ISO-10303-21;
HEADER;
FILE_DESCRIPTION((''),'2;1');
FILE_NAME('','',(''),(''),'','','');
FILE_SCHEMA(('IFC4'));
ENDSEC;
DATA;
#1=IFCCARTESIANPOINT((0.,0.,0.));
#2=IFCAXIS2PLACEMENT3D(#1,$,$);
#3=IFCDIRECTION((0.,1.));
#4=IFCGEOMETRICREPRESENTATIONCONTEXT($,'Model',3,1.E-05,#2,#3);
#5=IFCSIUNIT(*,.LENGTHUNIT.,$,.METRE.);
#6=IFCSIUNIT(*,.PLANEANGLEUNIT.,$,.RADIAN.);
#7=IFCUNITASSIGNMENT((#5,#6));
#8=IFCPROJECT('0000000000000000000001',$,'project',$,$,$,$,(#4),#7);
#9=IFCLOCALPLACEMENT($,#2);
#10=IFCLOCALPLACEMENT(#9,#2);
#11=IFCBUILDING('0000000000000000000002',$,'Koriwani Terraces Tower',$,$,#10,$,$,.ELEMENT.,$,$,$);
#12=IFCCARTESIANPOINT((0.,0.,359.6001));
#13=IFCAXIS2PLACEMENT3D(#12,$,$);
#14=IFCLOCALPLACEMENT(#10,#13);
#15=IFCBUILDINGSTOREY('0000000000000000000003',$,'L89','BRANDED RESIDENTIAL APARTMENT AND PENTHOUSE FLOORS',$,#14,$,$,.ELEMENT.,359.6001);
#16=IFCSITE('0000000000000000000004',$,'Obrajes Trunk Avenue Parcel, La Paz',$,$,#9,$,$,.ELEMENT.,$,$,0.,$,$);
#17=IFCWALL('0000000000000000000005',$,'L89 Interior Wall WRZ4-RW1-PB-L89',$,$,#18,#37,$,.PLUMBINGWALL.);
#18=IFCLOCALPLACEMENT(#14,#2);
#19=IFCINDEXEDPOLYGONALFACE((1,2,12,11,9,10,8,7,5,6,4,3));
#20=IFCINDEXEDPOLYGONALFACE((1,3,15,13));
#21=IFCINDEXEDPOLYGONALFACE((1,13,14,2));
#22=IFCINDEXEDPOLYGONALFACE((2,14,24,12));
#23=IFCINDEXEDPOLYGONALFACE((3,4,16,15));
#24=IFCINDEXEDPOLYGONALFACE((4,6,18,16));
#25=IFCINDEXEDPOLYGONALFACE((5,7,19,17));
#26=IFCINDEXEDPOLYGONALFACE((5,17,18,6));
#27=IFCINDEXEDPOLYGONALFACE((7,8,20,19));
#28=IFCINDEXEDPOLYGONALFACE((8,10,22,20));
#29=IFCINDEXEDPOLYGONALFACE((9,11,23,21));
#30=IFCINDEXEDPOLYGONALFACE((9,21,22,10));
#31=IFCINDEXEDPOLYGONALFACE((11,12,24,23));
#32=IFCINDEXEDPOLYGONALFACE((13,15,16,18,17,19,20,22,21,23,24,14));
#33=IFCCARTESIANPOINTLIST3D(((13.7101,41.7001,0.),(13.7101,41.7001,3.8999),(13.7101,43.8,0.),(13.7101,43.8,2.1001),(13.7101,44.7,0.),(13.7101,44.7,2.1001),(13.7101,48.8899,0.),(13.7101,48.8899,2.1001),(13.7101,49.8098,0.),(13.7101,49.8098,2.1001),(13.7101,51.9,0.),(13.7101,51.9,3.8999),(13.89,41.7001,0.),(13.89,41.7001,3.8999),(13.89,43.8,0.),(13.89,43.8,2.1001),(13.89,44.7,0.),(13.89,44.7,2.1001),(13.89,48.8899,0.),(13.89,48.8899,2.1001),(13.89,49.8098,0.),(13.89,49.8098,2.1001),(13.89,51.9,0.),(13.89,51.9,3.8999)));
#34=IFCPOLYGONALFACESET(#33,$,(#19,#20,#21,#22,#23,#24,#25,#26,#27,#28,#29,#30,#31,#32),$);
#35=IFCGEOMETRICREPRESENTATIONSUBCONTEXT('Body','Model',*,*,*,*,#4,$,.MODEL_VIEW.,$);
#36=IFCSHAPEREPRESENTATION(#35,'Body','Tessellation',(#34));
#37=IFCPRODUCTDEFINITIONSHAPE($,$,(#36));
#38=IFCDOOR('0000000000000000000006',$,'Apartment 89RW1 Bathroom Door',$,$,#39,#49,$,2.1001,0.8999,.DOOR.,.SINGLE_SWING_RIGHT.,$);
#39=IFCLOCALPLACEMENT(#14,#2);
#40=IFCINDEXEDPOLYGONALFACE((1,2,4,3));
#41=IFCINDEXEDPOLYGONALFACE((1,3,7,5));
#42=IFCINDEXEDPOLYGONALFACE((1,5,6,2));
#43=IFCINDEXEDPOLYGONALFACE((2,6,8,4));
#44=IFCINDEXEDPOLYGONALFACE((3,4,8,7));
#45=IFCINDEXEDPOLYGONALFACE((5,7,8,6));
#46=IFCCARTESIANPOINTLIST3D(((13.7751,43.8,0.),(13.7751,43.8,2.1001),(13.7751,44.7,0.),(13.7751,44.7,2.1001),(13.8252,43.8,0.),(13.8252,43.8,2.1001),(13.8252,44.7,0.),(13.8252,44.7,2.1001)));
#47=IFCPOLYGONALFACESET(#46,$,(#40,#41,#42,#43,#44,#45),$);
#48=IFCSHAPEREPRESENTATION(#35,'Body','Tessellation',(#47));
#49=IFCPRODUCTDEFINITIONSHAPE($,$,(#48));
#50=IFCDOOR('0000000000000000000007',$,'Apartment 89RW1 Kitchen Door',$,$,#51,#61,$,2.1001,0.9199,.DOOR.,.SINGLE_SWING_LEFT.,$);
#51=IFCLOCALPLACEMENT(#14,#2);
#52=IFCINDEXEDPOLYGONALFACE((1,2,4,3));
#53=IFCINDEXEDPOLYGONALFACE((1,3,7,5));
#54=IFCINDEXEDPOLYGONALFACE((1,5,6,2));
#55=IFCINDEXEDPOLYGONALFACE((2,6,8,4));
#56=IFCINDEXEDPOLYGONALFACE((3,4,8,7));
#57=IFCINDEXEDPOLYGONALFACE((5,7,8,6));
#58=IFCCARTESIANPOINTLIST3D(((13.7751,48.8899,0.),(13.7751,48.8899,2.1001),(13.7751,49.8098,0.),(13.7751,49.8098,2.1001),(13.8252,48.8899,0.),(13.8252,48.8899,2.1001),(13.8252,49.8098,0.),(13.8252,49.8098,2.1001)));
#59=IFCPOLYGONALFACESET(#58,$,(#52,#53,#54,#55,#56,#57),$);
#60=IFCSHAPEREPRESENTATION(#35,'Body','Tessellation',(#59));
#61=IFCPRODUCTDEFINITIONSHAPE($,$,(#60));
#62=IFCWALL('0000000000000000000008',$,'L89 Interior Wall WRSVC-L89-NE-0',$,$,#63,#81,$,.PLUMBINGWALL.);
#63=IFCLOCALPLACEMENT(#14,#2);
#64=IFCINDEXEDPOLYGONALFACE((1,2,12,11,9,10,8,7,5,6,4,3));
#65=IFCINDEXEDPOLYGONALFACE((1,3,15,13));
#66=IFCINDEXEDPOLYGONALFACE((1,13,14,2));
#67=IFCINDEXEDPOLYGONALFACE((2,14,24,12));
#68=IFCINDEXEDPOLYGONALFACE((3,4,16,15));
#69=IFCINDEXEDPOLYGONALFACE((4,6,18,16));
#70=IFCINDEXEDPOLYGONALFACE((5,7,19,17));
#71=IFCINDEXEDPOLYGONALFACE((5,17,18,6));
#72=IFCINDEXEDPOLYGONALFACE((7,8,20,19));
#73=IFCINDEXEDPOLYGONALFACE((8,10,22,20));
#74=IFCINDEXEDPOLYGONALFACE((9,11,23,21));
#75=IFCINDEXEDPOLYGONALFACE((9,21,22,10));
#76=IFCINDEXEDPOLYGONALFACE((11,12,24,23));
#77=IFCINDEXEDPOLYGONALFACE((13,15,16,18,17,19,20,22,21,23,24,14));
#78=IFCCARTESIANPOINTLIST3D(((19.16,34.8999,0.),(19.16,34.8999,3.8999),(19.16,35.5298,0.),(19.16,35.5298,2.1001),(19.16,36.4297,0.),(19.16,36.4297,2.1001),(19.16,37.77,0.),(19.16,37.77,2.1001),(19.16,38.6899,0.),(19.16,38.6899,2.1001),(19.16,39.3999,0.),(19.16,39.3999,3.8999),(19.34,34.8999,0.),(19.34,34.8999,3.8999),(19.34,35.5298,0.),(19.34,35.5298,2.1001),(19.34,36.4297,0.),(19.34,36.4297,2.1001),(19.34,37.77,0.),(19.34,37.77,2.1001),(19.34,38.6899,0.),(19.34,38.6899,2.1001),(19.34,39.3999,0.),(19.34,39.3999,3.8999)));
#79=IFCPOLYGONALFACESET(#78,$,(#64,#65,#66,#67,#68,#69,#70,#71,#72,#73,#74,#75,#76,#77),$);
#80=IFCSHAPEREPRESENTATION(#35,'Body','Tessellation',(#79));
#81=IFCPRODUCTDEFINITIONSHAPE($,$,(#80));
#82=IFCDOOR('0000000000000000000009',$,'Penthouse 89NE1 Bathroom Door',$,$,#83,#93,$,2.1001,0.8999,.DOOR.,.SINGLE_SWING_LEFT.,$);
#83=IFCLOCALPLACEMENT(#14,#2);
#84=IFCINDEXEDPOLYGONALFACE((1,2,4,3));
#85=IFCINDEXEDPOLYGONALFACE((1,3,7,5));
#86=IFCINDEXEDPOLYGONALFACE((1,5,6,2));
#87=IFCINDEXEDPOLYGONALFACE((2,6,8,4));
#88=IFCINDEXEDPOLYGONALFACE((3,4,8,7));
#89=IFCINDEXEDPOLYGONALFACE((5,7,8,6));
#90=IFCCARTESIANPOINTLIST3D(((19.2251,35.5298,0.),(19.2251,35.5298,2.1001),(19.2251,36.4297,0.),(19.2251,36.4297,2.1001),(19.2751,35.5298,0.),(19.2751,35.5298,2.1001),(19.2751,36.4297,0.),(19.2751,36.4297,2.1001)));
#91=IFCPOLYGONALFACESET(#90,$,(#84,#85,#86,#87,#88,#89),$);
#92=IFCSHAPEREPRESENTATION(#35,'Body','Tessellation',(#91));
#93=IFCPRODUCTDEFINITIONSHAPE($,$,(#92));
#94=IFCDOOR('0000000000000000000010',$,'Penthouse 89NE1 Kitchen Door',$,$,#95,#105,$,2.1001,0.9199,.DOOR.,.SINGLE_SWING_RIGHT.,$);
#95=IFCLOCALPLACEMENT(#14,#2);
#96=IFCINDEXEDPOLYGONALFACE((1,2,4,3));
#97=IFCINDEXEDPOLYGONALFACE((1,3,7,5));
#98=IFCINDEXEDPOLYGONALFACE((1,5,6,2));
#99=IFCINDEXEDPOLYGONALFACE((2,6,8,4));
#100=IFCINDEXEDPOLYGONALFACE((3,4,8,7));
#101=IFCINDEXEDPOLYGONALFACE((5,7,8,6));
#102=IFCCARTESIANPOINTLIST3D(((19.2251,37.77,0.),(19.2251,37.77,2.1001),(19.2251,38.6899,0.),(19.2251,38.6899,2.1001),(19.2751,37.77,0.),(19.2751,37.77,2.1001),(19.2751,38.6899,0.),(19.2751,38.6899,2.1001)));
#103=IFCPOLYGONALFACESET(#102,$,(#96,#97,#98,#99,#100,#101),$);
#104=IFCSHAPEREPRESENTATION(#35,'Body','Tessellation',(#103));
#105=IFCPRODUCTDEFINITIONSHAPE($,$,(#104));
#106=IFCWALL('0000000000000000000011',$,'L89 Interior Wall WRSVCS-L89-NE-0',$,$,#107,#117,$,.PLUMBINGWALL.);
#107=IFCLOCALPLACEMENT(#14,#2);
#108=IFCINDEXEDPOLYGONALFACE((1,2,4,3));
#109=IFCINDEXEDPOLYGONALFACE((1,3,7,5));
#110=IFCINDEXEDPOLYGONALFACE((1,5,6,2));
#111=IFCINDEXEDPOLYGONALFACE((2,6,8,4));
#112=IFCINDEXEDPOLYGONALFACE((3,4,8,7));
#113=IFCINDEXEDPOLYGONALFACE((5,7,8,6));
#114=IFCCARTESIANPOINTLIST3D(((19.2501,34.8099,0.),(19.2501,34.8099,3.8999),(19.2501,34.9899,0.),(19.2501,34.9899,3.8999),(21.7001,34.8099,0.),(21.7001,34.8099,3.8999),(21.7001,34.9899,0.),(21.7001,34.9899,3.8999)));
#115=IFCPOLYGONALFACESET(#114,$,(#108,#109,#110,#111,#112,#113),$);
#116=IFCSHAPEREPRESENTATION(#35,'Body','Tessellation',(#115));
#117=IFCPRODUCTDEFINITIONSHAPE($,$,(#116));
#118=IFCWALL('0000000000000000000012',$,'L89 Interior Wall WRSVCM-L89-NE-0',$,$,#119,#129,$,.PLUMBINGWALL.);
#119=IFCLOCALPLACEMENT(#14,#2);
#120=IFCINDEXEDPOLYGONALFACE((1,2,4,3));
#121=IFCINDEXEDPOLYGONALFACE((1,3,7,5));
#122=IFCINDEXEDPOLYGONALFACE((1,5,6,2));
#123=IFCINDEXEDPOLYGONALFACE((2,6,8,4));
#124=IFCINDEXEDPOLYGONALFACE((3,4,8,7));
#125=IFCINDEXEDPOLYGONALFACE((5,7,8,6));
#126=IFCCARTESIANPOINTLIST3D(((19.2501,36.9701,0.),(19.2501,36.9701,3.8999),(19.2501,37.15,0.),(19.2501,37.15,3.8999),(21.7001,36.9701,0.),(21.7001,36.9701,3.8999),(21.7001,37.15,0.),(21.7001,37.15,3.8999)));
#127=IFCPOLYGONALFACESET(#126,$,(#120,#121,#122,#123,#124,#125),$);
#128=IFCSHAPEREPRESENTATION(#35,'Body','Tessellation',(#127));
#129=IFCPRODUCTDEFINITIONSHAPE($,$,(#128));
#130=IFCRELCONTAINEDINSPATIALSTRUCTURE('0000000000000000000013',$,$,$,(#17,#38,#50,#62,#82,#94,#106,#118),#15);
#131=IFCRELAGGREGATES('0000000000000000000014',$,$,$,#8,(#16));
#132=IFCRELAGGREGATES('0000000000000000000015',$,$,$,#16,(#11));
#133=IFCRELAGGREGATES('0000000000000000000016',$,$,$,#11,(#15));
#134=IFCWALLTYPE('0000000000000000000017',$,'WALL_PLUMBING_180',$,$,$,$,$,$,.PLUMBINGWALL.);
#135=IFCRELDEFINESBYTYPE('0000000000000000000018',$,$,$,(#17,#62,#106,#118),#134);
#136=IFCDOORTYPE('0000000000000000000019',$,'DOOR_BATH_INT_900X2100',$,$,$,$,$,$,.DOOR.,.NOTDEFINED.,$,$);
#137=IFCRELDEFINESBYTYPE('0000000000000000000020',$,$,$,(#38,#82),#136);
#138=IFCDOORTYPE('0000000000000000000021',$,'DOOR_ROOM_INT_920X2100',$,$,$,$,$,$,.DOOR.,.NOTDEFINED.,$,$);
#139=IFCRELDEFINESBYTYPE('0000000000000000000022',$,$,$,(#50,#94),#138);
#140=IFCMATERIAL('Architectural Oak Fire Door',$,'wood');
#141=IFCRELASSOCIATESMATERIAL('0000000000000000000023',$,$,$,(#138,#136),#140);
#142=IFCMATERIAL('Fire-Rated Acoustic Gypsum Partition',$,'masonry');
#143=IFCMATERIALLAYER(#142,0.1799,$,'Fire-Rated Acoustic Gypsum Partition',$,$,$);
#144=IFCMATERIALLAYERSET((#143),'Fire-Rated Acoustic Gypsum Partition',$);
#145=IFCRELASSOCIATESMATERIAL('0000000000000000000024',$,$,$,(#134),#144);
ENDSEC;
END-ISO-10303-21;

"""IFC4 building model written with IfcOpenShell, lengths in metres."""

from ifc_helpers import new_model, si_unit, direction, frame, frame_2d, origin, place, context, subcontext, project, spatial, rectangle, extrude, material, layer, layer_set, type_object, element, fill, save


model = new_model("IFC4")

# Units and contexts
model_context = context("Model", 3, precision=1e-05, world=origin(), true_north=direction((0.0, 1.0)))
body_context = subcontext(model_context, "Body", "Model", "MODEL_VIEW")
ifc_project = project(units=[si_unit("LENGTHUNIT", "METRE"), si_unit("PLANEANGLEUNIT", "RADIAN")], contexts=[model_context])

# Site, building, storey
site_placement = place(None, origin())
site = spatial("IfcSite", under=ifc_project, at=site_placement, Name="Obrajes Trunk Avenue Parcel, La Paz", CompositionType="ELEMENT", RefElevation=0.0)
building_placement = place(site_placement, origin())
building = spatial("IfcBuilding", under=site, at=building_placement, Name="Koriwani Terraces Tower", CompositionType="ELEMENT")
storey_placement = place(building_placement, frame((0.0, 0.0, 359.6001)))
storey = spatial("IfcBuildingStorey", under=building, at=storey_placement, Name="L89", Description="BRANDED RESIDENTIAL APARTMENT AND PENTHOUSE FLOORS", CompositionType="ELEMENT", Elevation=359.6001)

# Shared definitions
ifc_material_1 = material(Name="Architectural Oak Fire Door", Category="wood")

# Shared definitions
ifc_material_2 = material(Name="Fire-Rated Acoustic Gypsum Partition", Category="masonry")
door_type_1 = type_object("IfcDoorType", Name="DOOR_ROOM_INT_920X2100", OperationType="NOTDEFINED", PredefinedType="DOOR", material=ifc_material_1)

# Walls, openings, doors
ifc_layer_1 = layer(ifc_material_2, 0.1799, Name="Fire-Rated Acoustic Gypsum Partition")
ifc_layer_set_1 = layer_set([ifc_layer_1], Name="Fire-Rated Acoustic Gypsum Partition")
wall_type_1 = type_object("IfcWallType", Name="WALL_PLUMBING_180", PredefinedType="PLUMBINGWALL", material=ifc_layer_set_1)
wall_1_placement = place(storey_placement, frame((13.8, 41.7, 0.0), z_axis=(0.0, 0.0, 1.0), x_axis=(0.0, 1.0, 0.0)))
wall_1 = element("IfcWall", 1, at=wall_1_placement, inside=storey, type_object=wall_type_1, Name="L89 Interior Wall WRZ4-RW1-PB-L89", PredefinedType="PLUMBINGWALL", context=body_context, shape_type="SweptSolid", body=[
    extrude(rectangle(XDim=10.2, YDim=0.1799, at=frame_2d((5.1001, 0.0))), origin(), (0.0, 0.0, 1.0), 3.8999),
])
opening_1_placement = place(wall_1_placement, frame((2.1001, 0.0, 0.0)))
opening_1 = element("IfcOpeningElement", 2, at=opening_1_placement, cuts=wall_1, PredefinedType="OPENING", context=body_context, shape_type="SweptSolid", body=[
    extrude(rectangle(XDim=0.8999, YDim=2.1001, at=frame_2d((0.45, 1.05))), frame((0.0, 0.1001, 0.0), z_axis=(0.0, -1.0, 0.0), x_axis=(1.0, 0.0, 0.0)), (0.0, 0.0, 1.0), 0.2),
])
opening_2_placement = place(wall_1_placement, frame((7.1899, 0.0, 0.0)))
opening_2 = element("IfcOpeningElement", 3, at=opening_2_placement, cuts=wall_1, PredefinedType="OPENING", context=body_context, shape_type="SweptSolid", body=[
    extrude(rectangle(XDim=0.9199, YDim=2.1001, at=frame_2d((0.46, 1.05))), frame((0.0, 0.1001, 0.0), z_axis=(0.0, -1.0, 0.0), x_axis=(1.0, 0.0, 0.0)), (0.0, 0.0, 1.0), 0.2),
])
door_type_2 = type_object("IfcDoorType", Name="DOOR_BATH_INT_900X2100", OperationType="NOTDEFINED", PredefinedType="DOOR", material=ifc_material_1)
door_1_placement = place(opening_1_placement, origin())
door_1 = element("IfcDoor", 4, at=door_1_placement, inside=storey, type_object=door_type_2, Name="Apartment 89RW1 Bathroom Door", OperationType="SINGLE_SWING_RIGHT", OverallHeight=2.1001, OverallWidth=0.8999, PredefinedType="DOOR", context=body_context, shape_type="SweptSolid", body=[
    extrude(rectangle(XDim=0.8999, YDim=2.1001, at=frame_2d((0.45, 1.05))), frame((0.0, 0.0249, 0.0), z_axis=(0.0, -1.0, 0.0), x_axis=(1.0, 0.0, 0.0)), (0.0, 0.0, 1.0), 0.05),
])
fill(opening_1, door_1)
door_2_placement = place(opening_2_placement, origin())
door_2 = element("IfcDoor", 5, at=door_2_placement, inside=storey, type_object=door_type_1, Name="Apartment 89RW1 Kitchen Door", OperationType="SINGLE_SWING_LEFT", OverallHeight=2.1001, OverallWidth=0.9199, PredefinedType="DOOR", context=body_context, shape_type="SweptSolid", body=[
    extrude(rectangle(XDim=0.9199, YDim=2.1001, at=frame_2d((0.46, 1.05))), frame((0.0, 0.0249, 0.0), z_axis=(0.0, -1.0, 0.0), x_axis=(1.0, 0.0, 0.0)), (0.0, 0.0, 1.0), 0.05),
])
fill(opening_2, door_2)
wall_2_placement = place(storey_placement, frame((19.25, 34.8999, 0.0), z_axis=(0.0, 0.0, 1.0), x_axis=(0.0, 1.0, 0.0)))
wall_2 = element("IfcWall", 6, at=wall_2_placement, inside=storey, type_object=wall_type_1, Name="L89 Interior Wall WRSVC-L89-NE-0", PredefinedType="PLUMBINGWALL", context=body_context, shape_type="SweptSolid", body=[
    extrude(rectangle(XDim=4.5, YDim=0.1799, at=frame_2d((2.25, 0.0))), origin(), (0.0, 0.0, 1.0), 3.8999),
])
opening_3_placement = place(wall_2_placement, frame((0.6299, 0.0, 0.0)))
opening_3 = element("IfcOpeningElement", 7, at=opening_3_placement, cuts=wall_2, PredefinedType="OPENING", context=body_context, shape_type="SweptSolid", body=[
    extrude(rectangle(XDim=0.8999, YDim=2.1001, at=frame_2d((0.45, 1.05))), frame((0.0, 0.1001, 0.0), z_axis=(0.0, -1.0, 0.0), x_axis=(1.0, 0.0, 0.0)), (0.0, 0.0, 1.0), 0.2),
])
opening_4_placement = place(wall_2_placement, frame((2.8701, 0.0, 0.0)))
opening_4 = element("IfcOpeningElement", 8, at=opening_4_placement, cuts=wall_2, PredefinedType="OPENING", context=body_context, shape_type="SweptSolid", body=[
    extrude(rectangle(XDim=0.9199, YDim=2.1001, at=frame_2d((0.46, 1.05))), frame((0.0, 0.1001, 0.0), z_axis=(0.0, -1.0, 0.0), x_axis=(1.0, 0.0, 0.0)), (0.0, 0.0, 1.0), 0.2),
])
door_3_placement = place(opening_3_placement, origin())
door_3 = element("IfcDoor", 9, at=door_3_placement, inside=storey, type_object=door_type_2, Name="Penthouse 89NE1 Bathroom Door", OperationType="SINGLE_SWING_LEFT", OverallHeight=2.1001, OverallWidth=0.8999, PredefinedType="DOOR", context=body_context, shape_type="SweptSolid", body=[
    extrude(rectangle(XDim=0.8999, YDim=2.1001, at=frame_2d((0.45, 1.05))), frame((0.0, 0.0249, 0.0), z_axis=(0.0, -1.0, 0.0), x_axis=(1.0, 0.0, 0.0)), (0.0, 0.0, 1.0), 0.05),
])
fill(opening_3, door_3)
door_4_placement = place(opening_4_placement, origin())
door_4 = element("IfcDoor", 10, at=door_4_placement, inside=storey, type_object=door_type_1, Name="Penthouse 89NE1 Kitchen Door", OperationType="SINGLE_SWING_RIGHT", OverallHeight=2.1001, OverallWidth=0.9199, PredefinedType="DOOR", context=body_context, shape_type="SweptSolid", body=[
    extrude(rectangle(XDim=0.9199, YDim=2.1001, at=frame_2d((0.46, 1.05))), frame((0.0, 0.0249, 0.0), z_axis=(0.0, -1.0, 0.0), x_axis=(1.0, 0.0, 0.0)), (0.0, 0.0, 1.0), 0.05),
])
fill(opening_4, door_4)

# Walls
for number, where, z_axis, x_axis, name in (
    (11, (19.25, 34.8999, 0.0), (0.0, 0.0, 1.0), (1.0, 0.0, 0.0), "L89 Interior Wall WRSVCS-L89-NE-0"),
    (12, (19.25, 37.0601, 0.0), (0.0, 0.0, 1.0), (1.0, 0.0, 0.0), "L89 Interior Wall WRSVCM-L89-NE-0"),
):
    element("IfcWall", number, at=place(storey_placement, frame(where, z_axis=z_axis, x_axis=x_axis)), inside=storey, type_object=wall_type_1, Name=name, PredefinedType="PLUMBINGWALL", context=body_context, shape_type="SweptSolid", body=[
        extrude(rectangle(XDim=2.45, YDim=0.1799, at=frame_2d((1.2251, 0.0))), origin(), (0.0, 0.0, 1.0), 3.8999),
    ])

save(model, "model.ifc")
